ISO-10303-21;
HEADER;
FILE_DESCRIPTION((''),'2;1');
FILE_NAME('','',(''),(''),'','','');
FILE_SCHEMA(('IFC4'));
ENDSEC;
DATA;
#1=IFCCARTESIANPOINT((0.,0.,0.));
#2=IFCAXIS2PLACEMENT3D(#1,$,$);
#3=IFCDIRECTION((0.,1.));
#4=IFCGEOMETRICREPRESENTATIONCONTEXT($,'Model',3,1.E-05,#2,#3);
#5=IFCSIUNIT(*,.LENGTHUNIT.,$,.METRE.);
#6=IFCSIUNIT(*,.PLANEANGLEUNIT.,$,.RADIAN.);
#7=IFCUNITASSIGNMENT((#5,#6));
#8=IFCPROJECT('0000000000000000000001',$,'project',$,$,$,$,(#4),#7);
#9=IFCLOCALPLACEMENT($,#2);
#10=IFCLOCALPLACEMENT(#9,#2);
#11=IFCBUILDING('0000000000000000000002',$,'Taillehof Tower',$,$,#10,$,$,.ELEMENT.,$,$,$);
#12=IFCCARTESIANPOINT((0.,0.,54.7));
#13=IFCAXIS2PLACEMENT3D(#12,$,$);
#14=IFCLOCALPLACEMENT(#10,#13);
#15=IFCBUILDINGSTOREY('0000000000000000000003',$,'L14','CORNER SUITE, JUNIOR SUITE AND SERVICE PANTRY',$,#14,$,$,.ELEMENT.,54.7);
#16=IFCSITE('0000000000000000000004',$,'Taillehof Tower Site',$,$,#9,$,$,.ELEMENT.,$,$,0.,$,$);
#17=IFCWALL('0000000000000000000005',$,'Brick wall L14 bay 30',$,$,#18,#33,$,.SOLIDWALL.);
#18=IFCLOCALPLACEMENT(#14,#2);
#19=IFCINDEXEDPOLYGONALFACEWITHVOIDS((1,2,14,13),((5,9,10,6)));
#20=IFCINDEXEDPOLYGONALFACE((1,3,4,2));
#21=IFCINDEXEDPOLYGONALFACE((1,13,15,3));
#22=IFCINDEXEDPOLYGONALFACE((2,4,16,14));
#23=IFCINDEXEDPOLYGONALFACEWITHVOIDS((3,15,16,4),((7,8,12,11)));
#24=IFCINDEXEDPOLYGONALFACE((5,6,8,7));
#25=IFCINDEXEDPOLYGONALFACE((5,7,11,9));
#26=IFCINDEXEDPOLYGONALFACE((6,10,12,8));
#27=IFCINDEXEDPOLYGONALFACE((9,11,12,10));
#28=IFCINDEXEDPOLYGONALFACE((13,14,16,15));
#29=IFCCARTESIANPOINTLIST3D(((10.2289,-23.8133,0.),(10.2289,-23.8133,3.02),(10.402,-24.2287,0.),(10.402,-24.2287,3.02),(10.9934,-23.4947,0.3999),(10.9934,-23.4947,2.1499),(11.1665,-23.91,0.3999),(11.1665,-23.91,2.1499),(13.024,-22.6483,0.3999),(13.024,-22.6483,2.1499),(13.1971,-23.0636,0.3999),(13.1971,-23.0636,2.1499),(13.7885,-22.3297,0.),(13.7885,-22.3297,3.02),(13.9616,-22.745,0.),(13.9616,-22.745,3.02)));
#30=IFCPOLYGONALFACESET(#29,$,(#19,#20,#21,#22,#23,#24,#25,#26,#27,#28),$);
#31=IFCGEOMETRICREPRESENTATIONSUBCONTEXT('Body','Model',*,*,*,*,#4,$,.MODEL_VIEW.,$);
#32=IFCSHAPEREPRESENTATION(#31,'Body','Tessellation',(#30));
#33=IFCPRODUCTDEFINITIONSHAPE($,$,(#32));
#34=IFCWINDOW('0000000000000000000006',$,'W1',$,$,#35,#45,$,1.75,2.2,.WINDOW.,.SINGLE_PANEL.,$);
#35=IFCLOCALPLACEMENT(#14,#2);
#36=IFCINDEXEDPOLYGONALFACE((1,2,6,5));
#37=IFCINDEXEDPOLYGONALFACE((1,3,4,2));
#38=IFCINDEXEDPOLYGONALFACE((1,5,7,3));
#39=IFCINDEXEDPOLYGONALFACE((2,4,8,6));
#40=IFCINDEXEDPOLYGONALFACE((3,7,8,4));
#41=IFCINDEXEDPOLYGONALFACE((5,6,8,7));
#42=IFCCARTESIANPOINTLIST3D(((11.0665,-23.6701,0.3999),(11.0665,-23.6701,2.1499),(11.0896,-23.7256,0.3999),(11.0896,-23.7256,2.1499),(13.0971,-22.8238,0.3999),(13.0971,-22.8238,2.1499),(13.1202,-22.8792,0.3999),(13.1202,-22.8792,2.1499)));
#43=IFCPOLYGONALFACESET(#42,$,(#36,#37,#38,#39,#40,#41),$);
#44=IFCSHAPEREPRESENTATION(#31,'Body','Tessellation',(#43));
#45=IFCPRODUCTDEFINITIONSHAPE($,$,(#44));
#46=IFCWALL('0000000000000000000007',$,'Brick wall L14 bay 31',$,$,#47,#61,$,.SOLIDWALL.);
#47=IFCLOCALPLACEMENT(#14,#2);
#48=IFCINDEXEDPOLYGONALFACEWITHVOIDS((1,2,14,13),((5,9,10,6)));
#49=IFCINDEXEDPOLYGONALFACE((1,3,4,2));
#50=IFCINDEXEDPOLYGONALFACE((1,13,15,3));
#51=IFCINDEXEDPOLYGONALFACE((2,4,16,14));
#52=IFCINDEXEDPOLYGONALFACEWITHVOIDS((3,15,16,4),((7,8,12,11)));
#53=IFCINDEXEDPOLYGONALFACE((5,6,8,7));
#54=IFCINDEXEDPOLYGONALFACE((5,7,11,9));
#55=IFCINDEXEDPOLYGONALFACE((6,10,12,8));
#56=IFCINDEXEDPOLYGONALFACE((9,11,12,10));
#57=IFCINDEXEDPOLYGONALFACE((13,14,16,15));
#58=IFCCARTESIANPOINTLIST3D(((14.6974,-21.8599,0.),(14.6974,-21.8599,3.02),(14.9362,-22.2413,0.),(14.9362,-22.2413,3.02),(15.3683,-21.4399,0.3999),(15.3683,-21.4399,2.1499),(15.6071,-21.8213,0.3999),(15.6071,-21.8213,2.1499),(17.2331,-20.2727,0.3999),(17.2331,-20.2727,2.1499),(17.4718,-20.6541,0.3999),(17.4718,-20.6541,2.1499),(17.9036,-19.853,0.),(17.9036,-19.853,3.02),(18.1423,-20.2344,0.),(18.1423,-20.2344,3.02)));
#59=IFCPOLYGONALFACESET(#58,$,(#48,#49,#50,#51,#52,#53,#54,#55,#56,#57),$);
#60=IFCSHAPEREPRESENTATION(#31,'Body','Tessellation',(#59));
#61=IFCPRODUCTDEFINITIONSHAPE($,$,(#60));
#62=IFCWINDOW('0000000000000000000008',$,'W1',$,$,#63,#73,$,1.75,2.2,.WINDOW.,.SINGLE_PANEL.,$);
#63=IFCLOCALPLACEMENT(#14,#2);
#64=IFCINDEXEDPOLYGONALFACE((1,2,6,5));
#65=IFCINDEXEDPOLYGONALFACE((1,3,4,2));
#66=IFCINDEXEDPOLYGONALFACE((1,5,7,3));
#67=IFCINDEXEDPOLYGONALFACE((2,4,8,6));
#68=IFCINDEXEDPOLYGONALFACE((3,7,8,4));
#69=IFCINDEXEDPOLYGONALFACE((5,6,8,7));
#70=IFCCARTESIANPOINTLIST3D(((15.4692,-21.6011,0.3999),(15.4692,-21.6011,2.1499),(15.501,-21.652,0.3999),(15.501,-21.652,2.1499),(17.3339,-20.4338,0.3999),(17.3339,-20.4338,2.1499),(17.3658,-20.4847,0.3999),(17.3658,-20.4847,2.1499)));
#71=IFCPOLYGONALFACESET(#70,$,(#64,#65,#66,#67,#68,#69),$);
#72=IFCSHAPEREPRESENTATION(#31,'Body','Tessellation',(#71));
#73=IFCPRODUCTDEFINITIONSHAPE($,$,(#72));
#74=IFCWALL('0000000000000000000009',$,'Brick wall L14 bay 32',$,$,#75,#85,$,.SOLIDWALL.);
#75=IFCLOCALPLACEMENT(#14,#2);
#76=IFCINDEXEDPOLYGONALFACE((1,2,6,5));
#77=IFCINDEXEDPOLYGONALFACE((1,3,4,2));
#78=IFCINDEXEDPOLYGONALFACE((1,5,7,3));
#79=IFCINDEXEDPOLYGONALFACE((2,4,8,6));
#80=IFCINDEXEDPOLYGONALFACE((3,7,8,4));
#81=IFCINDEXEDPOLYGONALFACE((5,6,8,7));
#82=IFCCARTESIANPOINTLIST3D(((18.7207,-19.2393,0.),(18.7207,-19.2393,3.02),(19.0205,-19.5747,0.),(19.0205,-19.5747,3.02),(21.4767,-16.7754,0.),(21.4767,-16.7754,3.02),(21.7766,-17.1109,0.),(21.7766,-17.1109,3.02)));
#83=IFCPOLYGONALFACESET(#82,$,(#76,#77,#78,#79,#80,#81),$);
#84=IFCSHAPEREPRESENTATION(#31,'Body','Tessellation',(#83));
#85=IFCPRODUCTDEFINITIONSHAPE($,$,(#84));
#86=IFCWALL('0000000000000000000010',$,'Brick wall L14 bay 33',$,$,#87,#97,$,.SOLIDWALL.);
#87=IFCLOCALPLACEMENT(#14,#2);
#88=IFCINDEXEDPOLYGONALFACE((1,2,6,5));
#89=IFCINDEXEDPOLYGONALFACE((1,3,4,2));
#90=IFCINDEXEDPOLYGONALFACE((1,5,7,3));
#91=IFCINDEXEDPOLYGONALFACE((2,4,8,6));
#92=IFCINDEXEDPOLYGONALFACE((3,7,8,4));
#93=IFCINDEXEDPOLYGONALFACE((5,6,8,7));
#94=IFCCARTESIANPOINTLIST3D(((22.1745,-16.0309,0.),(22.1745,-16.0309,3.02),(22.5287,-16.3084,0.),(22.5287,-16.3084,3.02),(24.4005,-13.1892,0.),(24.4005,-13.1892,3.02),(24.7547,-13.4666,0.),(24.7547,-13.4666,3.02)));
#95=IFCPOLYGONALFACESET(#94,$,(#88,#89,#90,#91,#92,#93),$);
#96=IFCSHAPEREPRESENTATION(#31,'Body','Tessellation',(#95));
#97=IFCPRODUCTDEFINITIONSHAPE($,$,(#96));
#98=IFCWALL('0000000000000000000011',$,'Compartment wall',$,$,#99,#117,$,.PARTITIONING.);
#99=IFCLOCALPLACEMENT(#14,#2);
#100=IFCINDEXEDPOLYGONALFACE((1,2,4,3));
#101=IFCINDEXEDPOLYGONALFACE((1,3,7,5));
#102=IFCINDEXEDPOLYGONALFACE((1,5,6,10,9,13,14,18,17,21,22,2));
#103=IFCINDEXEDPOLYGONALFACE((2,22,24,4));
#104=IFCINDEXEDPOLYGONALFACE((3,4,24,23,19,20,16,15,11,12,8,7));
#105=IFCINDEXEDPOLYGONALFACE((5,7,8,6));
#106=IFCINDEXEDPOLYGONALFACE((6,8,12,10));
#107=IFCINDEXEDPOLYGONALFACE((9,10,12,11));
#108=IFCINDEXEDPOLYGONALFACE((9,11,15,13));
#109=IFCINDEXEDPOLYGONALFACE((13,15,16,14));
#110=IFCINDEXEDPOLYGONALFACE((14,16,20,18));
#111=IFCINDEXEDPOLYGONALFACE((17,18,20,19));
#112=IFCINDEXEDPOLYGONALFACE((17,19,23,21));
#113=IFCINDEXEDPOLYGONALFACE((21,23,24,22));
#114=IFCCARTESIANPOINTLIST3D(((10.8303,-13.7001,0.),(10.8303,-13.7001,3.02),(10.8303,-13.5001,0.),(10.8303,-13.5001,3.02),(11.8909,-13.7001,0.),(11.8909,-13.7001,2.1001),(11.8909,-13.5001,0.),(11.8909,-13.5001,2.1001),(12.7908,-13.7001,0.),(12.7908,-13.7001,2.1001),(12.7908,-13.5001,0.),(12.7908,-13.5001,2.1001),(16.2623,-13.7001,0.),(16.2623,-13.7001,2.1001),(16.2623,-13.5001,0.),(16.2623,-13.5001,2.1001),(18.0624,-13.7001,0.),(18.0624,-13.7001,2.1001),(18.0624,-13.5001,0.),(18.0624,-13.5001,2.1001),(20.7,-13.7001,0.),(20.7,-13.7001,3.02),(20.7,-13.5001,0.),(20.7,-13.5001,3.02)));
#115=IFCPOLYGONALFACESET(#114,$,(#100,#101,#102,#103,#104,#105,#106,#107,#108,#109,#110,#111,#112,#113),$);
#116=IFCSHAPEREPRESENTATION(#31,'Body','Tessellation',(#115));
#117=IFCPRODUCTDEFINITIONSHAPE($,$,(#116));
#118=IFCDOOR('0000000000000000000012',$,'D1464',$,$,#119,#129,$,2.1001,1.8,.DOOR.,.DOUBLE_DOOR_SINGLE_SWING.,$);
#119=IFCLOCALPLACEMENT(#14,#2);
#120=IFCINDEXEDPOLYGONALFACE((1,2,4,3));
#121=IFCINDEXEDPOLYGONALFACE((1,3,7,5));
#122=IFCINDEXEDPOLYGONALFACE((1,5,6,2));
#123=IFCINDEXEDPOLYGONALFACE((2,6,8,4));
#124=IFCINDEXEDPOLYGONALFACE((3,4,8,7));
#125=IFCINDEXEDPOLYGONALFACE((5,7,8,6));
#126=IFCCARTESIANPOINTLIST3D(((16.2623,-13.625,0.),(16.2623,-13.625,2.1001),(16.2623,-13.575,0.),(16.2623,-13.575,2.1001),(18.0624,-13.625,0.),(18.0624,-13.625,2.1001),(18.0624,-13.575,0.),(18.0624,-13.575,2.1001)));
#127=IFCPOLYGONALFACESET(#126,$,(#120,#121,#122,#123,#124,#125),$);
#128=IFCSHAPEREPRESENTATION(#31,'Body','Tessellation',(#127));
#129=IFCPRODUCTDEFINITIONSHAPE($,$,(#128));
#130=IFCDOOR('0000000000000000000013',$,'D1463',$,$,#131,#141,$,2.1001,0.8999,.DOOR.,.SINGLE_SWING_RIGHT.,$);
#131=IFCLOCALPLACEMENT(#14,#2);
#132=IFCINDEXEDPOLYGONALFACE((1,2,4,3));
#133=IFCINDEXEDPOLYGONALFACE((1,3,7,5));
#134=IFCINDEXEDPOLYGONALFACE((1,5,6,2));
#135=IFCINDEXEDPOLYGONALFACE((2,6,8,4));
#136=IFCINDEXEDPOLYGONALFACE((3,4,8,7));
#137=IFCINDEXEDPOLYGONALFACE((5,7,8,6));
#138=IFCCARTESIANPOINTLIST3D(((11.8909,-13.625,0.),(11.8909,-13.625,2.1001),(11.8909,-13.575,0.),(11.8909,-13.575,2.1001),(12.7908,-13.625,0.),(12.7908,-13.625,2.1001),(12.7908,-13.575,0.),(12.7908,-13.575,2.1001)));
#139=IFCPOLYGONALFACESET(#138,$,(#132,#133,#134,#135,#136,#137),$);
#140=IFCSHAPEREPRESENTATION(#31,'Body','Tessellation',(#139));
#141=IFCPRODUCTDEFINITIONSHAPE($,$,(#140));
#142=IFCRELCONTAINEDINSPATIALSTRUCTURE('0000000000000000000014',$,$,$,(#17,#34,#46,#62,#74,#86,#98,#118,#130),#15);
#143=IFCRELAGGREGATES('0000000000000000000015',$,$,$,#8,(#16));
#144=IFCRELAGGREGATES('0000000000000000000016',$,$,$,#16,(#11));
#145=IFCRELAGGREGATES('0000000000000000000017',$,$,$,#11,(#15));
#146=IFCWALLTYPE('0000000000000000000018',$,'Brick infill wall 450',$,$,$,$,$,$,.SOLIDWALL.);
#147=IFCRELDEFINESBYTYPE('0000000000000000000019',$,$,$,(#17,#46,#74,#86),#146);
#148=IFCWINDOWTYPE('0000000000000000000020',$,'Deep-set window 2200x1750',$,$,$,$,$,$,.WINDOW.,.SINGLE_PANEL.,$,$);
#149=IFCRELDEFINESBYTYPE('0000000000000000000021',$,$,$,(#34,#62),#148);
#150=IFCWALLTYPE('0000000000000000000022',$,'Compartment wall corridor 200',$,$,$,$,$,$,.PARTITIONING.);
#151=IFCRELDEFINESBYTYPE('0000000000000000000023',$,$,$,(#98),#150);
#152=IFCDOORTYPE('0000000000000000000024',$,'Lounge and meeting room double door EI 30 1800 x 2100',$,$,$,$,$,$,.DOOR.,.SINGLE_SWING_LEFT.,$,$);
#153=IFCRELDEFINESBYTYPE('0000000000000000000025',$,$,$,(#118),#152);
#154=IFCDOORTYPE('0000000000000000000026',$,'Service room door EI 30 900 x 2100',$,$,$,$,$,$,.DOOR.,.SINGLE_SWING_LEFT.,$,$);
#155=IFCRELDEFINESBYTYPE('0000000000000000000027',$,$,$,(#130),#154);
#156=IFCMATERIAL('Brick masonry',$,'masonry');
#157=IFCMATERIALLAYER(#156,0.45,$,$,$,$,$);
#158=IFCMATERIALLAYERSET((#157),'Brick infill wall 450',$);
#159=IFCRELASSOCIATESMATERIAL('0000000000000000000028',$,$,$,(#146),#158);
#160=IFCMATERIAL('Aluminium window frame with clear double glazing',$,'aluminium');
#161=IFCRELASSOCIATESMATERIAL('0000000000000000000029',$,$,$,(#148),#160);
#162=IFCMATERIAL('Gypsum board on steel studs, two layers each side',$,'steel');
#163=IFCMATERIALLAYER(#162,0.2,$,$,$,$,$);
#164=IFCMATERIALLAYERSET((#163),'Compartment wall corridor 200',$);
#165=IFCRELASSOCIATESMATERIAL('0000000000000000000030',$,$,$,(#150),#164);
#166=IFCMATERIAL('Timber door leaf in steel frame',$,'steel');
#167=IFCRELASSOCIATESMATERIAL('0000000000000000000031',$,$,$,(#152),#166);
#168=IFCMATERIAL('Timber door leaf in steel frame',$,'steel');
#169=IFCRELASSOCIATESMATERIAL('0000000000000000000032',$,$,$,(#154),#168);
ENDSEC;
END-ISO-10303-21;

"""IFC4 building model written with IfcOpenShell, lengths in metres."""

from ifc_helpers import new_model, si_unit, direction, frame, frame_2d, origin, place, context, subcontext, project, spatial, rectangle, extrude, material, layer, layer_set, type_object, element, fill, save


model = new_model("IFC4")

# Units and contexts
model_context = context("Model", 3, precision=1e-05, world=origin(), true_north=direction((0.0, 1.0)))
body_context = subcontext(model_context, "Body", "Model", "MODEL_VIEW")
ifc_project = project(units=[si_unit("LENGTHUNIT", "METRE"), si_unit("PLANEANGLEUNIT", "RADIAN")], contexts=[model_context])

# Site, building, storey
site_placement = place(None, origin())
site = spatial("IfcSite", under=ifc_project, at=site_placement, Name="Taillehof Tower Site", CompositionType="ELEMENT", RefElevation=0.0)
building_placement = place(site_placement, origin())
building = spatial("IfcBuilding", under=site, at=building_placement, Name="Taillehof Tower", CompositionType="ELEMENT")
storey_placement = place(building_placement, frame((0.0, 0.0, 54.7)))
storey = spatial("IfcBuildingStorey", under=building, at=storey_placement, Name="L14", Description="CORNER SUITE, JUNIOR SUITE AND SERVICE PANTRY", CompositionType="ELEMENT", Elevation=54.7)

# Walls, openings, windows
ifc_material_1 = material(Name="Brick masonry", Category="masonry")
ifc_layer_1 = layer(ifc_material_1, 0.45)
ifc_layer_set_1 = layer_set([ifc_layer_1], Name="Brick infill wall 450")
wall_type_1 = type_object("IfcWallType", Name="Brick infill wall 450", PredefinedType="SOLIDWALL", material=ifc_layer_set_1)
wall_1_placement = place(storey_placement, frame((10.3154, -24.021, 0.0), z_axis=(0.0, 0.0, 1.0), x_axis=(0.923032, 0.384723, 0.0)))
wall_1 = element("IfcWall", 1, at=wall_1_placement, inside=storey, type_object=wall_type_1, Name="Brick wall L14 bay 30", PredefinedType="SOLIDWALL", context=body_context, shape_type="SweptSolid", body=[
    extrude(rectangle(XDim=3.8564, YDim=0.45, at=frame_2d((1.9282, 0.0))), origin(), (0.0, 0.0, 1.0), 3.02),
])
opening_1_placement = place(wall_1_placement, frame((0.8281, 0.0, 0.3999)))
opening_1 = element("IfcOpeningElement", 2, at=opening_1_placement, cuts=wall_1, PredefinedType="OPENING", context=body_context, shape_type="SweptSolid", body=[
    extrude(rectangle(XDim=2.2, YDim=1.75, at=frame_2d((1.1001, 0.875))), frame((0.0, 0.2349, 0.0), z_axis=(0.0, -1.0, 0.0), x_axis=(1.0, 0.0, 0.0)), (0.0, 0.0, 1.0), 0.47),
])
ifc_material_2 = material(Name="Aluminium window frame with clear double glazing", Category="aluminium")
window_type = type_object("IfcWindowType", Name="Deep-set window 2200x1750", PartitioningType="SINGLE_PANEL", PredefinedType="WINDOW", material=ifc_material_2)
window_1_placement = place(opening_1_placement, origin())
window_1 = element("IfcWindow", 3, at=window_1_placement, inside=storey, type_object=window_type, Name="W1", OverallHeight=1.75, OverallWidth=2.2, PartitioningType="SINGLE_PANEL", PredefinedType="WINDOW", context=body_context, shape_type="SweptSolid", body=[
    extrude(rectangle(XDim=2.2, YDim=1.75, at=frame_2d((1.1001, 0.875))), frame((0.0, 0.0349, 0.0), z_axis=(0.0, -1.0, 0.0), x_axis=(1.0, 0.0, 0.0)), (0.0, 0.0, 1.0), 0.0601),
])
fill(opening_1, window_1)
wall_2_placement = place(storey_placement, frame((14.8169, -22.0505, 0.0), z_axis=(0.0, 0.0, 1.0), x_axis=(0.847635, 0.530579, 0.0)))
wall_2 = element("IfcWall", 4, at=wall_2_placement, inside=storey, type_object=wall_type_1, Name="Brick wall L14 bay 31", PredefinedType="SOLIDWALL", context=body_context, shape_type="SweptSolid", body=[
    extrude(rectangle(XDim=3.7825, YDim=0.45, at=frame_2d((1.8911, 0.0))), origin(), (0.0, 0.0, 1.0), 3.02),
])
opening_2_placement = place(wall_2_placement, frame((0.7913, 0.0, 0.3999)))
opening_2 = element("IfcOpeningElement", 5, at=opening_2_placement, cuts=wall_2, PredefinedType="OPENING", context=body_context, shape_type="SweptSolid", body=[
    extrude(rectangle(XDim=2.2, YDim=1.75, at=frame_2d((1.1001, 0.875))), frame((0.0, 0.2349, 0.0), z_axis=(0.0, -1.0, 0.0), x_axis=(1.0, 0.0, 0.0)), (0.0, 0.0, 1.0), 0.47),
])
window_2_placement = place(opening_2_placement, origin())
window_2 = element("IfcWindow", 6, at=window_2_placement, inside=storey, type_object=window_type, Name="W1", OverallHeight=1.75, OverallWidth=2.2, PartitioningType="SINGLE_PANEL", PredefinedType="WINDOW", context=body_context, shape_type="SweptSolid", body=[
    extrude(rectangle(XDim=2.2, YDim=1.75, at=frame_2d((1.1001, 0.875))), frame((0.0, 0.0349, 0.0), z_axis=(0.0, -1.0, 0.0), x_axis=(1.0, 0.0, 0.0)), (0.0, 0.0, 1.0), 0.0601),
])
fill(opening_2, window_2)

# Walls
wall_3_placement = place(storey_placement, frame((18.8706, -19.407, 0.0), z_axis=(0.0, 0.0, 1.0), x_axis=(0.745526, 0.666476, 0.0)))
element("IfcWall", 7, at=wall_3_placement, inside=storey, type_object=wall_type_1, Name="Brick wall L14 bay 32", PredefinedType="SOLIDWALL", context=body_context, shape_type="SweptSolid", body=[
    extrude(rectangle(XDim=3.6968, YDim=0.45, at=frame_2d((1.8484, 0.0))), origin(), (0.0, 0.0, 1.0), 3.02),
])
wall_4_placement = place(storey_placement, frame((22.3516, -16.1697, 0.0), z_axis=(0.0, 0.0, 1.0), x_axis=(0.616662, 0.787228, 0.0)))
element("IfcWall", 8, at=wall_4_placement, inside=storey, type_object=wall_type_1, Name="Brick wall L14 bay 33", PredefinedType="SOLIDWALL", context=body_context, shape_type="SweptSolid", body=[
    extrude(rectangle(XDim=3.6099, YDim=0.45, at=frame_2d((1.8049, 0.0))), origin(), (0.0, 0.0, 1.0), 3.02),
])

# Wall, openings, doors
ifc_material_3 = material(Name="Gypsum board on steel studs, two layers each side", Category="steel")
ifc_layer_2 = layer(ifc_material_3, 0.2)
ifc_layer_set_2 = layer_set([ifc_layer_2], Name="Compartment wall corridor 200")
wall_type_2 = type_object("IfcWallType", Name="Compartment wall corridor 200", PredefinedType="PARTITIONING", material=ifc_layer_set_2)
wall_5_placement = place(storey_placement, frame((20.7, -13.6001, 0.0), z_axis=(0.0, 0.0, 1.0), x_axis=(-1.0, 0.0, 0.0)))
wall_5 = element("IfcWall", 9, at=wall_5_placement, inside=storey, type_object=wall_type_2, Name="Compartment wall", PredefinedType="PARTITIONING", context=body_context, shape_type="SweptSolid", body=[
    extrude(rectangle(XDim=9.8696, YDim=0.2, at=frame_2d((4.9348, 0.0))), origin(), (0.0, 0.0, 1.0), 3.02),
])
opening_3_placement = place(wall_5_placement, frame((7.9092, 0.0, 0.0)))
opening_3 = element("IfcOpeningElement", 10, at=opening_3_placement, cuts=wall_5, PredefinedType="OPENING", context=body_context, shape_type="SweptSolid", body=[
    extrude(rectangle(XDim=0.8999, YDim=2.1001, at=frame_2d((0.45, 1.05))), frame((0.0, 0.1099, 0.0), z_axis=(0.0, -1.0, 0.0), x_axis=(1.0, 0.0, 0.0)), (0.0, 0.0, 1.0), 0.22),
])
opening_4_placement = place(wall_5_placement, frame((2.6377, 0.0, 0.0)))
opening_4 = element("IfcOpeningElement", 11, at=opening_4_placement, cuts=wall_5, PredefinedType="OPENING", context=body_context, shape_type="SweptSolid", body=[
    extrude(rectangle(XDim=1.8, YDim=2.1001, at=frame_2d((0.8999, 1.05))), frame((0.0, 0.1099, 0.0), z_axis=(0.0, -1.0, 0.0), x_axis=(1.0, 0.0, 0.0)), (0.0, 0.0, 1.0), 0.22),
])
ifc_material_4 = material(Name="Timber door leaf in steel frame", Category="steel")
door_type_1 = type_object("IfcDoorType", Name="Lounge and meeting room double door EI 30 1800 x 2100", OperationType="SINGLE_SWING_LEFT", PredefinedType="DOOR", material=ifc_material_4)
door_1_placement = place(opening_4_placement, origin())
door_1 = element("IfcDoor", 12, at=door_1_placement, inside=storey, type_object=door_type_1, Name="D1464", OperationType="DOUBLE_DOOR_SINGLE_SWING", OverallHeight=2.1001, OverallWidth=1.8, PredefinedType="DOOR", context=body_context, shape_type="SweptSolid", body=[
    extrude(rectangle(XDim=1.8, YDim=2.1001, at=frame_2d((0.8999, 1.05))), frame((0.0, 0.0249, 0.0), z_axis=(0.0, -1.0, 0.0), x_axis=(1.0, 0.0, 0.0)), (0.0, 0.0, 1.0), 0.05),
])
fill(opening_4, door_1)
ifc_material_5 = material(Name="Timber door leaf in steel frame", Category="steel")
door_type_2 = type_object("IfcDoorType", Name="Service room door EI 30 900 x 2100", OperationType="SINGLE_SWING_LEFT", PredefinedType="DOOR", material=ifc_material_5)
door_2_placement = place(opening_3_placement, origin())
door_2 = element("IfcDoor", 13, at=door_2_placement, inside=storey, type_object=door_type_2, Name="D1463", OperationType="SINGLE_SWING_RIGHT", OverallHeight=2.1001, OverallWidth=0.8999, PredefinedType="DOOR", context=body_context, shape_type="SweptSolid", body=[
    extrude(rectangle(XDim=0.8999, YDim=2.1001, at=frame_2d((0.45, 1.05))), frame((0.0, 0.0249, 0.0), z_axis=(0.0, -1.0, 0.0), x_axis=(1.0, 0.0, 0.0)), (0.0, 0.0, 1.0), 0.05),
])
fill(opening_3, door_2)

save(model, "model.ifc")
